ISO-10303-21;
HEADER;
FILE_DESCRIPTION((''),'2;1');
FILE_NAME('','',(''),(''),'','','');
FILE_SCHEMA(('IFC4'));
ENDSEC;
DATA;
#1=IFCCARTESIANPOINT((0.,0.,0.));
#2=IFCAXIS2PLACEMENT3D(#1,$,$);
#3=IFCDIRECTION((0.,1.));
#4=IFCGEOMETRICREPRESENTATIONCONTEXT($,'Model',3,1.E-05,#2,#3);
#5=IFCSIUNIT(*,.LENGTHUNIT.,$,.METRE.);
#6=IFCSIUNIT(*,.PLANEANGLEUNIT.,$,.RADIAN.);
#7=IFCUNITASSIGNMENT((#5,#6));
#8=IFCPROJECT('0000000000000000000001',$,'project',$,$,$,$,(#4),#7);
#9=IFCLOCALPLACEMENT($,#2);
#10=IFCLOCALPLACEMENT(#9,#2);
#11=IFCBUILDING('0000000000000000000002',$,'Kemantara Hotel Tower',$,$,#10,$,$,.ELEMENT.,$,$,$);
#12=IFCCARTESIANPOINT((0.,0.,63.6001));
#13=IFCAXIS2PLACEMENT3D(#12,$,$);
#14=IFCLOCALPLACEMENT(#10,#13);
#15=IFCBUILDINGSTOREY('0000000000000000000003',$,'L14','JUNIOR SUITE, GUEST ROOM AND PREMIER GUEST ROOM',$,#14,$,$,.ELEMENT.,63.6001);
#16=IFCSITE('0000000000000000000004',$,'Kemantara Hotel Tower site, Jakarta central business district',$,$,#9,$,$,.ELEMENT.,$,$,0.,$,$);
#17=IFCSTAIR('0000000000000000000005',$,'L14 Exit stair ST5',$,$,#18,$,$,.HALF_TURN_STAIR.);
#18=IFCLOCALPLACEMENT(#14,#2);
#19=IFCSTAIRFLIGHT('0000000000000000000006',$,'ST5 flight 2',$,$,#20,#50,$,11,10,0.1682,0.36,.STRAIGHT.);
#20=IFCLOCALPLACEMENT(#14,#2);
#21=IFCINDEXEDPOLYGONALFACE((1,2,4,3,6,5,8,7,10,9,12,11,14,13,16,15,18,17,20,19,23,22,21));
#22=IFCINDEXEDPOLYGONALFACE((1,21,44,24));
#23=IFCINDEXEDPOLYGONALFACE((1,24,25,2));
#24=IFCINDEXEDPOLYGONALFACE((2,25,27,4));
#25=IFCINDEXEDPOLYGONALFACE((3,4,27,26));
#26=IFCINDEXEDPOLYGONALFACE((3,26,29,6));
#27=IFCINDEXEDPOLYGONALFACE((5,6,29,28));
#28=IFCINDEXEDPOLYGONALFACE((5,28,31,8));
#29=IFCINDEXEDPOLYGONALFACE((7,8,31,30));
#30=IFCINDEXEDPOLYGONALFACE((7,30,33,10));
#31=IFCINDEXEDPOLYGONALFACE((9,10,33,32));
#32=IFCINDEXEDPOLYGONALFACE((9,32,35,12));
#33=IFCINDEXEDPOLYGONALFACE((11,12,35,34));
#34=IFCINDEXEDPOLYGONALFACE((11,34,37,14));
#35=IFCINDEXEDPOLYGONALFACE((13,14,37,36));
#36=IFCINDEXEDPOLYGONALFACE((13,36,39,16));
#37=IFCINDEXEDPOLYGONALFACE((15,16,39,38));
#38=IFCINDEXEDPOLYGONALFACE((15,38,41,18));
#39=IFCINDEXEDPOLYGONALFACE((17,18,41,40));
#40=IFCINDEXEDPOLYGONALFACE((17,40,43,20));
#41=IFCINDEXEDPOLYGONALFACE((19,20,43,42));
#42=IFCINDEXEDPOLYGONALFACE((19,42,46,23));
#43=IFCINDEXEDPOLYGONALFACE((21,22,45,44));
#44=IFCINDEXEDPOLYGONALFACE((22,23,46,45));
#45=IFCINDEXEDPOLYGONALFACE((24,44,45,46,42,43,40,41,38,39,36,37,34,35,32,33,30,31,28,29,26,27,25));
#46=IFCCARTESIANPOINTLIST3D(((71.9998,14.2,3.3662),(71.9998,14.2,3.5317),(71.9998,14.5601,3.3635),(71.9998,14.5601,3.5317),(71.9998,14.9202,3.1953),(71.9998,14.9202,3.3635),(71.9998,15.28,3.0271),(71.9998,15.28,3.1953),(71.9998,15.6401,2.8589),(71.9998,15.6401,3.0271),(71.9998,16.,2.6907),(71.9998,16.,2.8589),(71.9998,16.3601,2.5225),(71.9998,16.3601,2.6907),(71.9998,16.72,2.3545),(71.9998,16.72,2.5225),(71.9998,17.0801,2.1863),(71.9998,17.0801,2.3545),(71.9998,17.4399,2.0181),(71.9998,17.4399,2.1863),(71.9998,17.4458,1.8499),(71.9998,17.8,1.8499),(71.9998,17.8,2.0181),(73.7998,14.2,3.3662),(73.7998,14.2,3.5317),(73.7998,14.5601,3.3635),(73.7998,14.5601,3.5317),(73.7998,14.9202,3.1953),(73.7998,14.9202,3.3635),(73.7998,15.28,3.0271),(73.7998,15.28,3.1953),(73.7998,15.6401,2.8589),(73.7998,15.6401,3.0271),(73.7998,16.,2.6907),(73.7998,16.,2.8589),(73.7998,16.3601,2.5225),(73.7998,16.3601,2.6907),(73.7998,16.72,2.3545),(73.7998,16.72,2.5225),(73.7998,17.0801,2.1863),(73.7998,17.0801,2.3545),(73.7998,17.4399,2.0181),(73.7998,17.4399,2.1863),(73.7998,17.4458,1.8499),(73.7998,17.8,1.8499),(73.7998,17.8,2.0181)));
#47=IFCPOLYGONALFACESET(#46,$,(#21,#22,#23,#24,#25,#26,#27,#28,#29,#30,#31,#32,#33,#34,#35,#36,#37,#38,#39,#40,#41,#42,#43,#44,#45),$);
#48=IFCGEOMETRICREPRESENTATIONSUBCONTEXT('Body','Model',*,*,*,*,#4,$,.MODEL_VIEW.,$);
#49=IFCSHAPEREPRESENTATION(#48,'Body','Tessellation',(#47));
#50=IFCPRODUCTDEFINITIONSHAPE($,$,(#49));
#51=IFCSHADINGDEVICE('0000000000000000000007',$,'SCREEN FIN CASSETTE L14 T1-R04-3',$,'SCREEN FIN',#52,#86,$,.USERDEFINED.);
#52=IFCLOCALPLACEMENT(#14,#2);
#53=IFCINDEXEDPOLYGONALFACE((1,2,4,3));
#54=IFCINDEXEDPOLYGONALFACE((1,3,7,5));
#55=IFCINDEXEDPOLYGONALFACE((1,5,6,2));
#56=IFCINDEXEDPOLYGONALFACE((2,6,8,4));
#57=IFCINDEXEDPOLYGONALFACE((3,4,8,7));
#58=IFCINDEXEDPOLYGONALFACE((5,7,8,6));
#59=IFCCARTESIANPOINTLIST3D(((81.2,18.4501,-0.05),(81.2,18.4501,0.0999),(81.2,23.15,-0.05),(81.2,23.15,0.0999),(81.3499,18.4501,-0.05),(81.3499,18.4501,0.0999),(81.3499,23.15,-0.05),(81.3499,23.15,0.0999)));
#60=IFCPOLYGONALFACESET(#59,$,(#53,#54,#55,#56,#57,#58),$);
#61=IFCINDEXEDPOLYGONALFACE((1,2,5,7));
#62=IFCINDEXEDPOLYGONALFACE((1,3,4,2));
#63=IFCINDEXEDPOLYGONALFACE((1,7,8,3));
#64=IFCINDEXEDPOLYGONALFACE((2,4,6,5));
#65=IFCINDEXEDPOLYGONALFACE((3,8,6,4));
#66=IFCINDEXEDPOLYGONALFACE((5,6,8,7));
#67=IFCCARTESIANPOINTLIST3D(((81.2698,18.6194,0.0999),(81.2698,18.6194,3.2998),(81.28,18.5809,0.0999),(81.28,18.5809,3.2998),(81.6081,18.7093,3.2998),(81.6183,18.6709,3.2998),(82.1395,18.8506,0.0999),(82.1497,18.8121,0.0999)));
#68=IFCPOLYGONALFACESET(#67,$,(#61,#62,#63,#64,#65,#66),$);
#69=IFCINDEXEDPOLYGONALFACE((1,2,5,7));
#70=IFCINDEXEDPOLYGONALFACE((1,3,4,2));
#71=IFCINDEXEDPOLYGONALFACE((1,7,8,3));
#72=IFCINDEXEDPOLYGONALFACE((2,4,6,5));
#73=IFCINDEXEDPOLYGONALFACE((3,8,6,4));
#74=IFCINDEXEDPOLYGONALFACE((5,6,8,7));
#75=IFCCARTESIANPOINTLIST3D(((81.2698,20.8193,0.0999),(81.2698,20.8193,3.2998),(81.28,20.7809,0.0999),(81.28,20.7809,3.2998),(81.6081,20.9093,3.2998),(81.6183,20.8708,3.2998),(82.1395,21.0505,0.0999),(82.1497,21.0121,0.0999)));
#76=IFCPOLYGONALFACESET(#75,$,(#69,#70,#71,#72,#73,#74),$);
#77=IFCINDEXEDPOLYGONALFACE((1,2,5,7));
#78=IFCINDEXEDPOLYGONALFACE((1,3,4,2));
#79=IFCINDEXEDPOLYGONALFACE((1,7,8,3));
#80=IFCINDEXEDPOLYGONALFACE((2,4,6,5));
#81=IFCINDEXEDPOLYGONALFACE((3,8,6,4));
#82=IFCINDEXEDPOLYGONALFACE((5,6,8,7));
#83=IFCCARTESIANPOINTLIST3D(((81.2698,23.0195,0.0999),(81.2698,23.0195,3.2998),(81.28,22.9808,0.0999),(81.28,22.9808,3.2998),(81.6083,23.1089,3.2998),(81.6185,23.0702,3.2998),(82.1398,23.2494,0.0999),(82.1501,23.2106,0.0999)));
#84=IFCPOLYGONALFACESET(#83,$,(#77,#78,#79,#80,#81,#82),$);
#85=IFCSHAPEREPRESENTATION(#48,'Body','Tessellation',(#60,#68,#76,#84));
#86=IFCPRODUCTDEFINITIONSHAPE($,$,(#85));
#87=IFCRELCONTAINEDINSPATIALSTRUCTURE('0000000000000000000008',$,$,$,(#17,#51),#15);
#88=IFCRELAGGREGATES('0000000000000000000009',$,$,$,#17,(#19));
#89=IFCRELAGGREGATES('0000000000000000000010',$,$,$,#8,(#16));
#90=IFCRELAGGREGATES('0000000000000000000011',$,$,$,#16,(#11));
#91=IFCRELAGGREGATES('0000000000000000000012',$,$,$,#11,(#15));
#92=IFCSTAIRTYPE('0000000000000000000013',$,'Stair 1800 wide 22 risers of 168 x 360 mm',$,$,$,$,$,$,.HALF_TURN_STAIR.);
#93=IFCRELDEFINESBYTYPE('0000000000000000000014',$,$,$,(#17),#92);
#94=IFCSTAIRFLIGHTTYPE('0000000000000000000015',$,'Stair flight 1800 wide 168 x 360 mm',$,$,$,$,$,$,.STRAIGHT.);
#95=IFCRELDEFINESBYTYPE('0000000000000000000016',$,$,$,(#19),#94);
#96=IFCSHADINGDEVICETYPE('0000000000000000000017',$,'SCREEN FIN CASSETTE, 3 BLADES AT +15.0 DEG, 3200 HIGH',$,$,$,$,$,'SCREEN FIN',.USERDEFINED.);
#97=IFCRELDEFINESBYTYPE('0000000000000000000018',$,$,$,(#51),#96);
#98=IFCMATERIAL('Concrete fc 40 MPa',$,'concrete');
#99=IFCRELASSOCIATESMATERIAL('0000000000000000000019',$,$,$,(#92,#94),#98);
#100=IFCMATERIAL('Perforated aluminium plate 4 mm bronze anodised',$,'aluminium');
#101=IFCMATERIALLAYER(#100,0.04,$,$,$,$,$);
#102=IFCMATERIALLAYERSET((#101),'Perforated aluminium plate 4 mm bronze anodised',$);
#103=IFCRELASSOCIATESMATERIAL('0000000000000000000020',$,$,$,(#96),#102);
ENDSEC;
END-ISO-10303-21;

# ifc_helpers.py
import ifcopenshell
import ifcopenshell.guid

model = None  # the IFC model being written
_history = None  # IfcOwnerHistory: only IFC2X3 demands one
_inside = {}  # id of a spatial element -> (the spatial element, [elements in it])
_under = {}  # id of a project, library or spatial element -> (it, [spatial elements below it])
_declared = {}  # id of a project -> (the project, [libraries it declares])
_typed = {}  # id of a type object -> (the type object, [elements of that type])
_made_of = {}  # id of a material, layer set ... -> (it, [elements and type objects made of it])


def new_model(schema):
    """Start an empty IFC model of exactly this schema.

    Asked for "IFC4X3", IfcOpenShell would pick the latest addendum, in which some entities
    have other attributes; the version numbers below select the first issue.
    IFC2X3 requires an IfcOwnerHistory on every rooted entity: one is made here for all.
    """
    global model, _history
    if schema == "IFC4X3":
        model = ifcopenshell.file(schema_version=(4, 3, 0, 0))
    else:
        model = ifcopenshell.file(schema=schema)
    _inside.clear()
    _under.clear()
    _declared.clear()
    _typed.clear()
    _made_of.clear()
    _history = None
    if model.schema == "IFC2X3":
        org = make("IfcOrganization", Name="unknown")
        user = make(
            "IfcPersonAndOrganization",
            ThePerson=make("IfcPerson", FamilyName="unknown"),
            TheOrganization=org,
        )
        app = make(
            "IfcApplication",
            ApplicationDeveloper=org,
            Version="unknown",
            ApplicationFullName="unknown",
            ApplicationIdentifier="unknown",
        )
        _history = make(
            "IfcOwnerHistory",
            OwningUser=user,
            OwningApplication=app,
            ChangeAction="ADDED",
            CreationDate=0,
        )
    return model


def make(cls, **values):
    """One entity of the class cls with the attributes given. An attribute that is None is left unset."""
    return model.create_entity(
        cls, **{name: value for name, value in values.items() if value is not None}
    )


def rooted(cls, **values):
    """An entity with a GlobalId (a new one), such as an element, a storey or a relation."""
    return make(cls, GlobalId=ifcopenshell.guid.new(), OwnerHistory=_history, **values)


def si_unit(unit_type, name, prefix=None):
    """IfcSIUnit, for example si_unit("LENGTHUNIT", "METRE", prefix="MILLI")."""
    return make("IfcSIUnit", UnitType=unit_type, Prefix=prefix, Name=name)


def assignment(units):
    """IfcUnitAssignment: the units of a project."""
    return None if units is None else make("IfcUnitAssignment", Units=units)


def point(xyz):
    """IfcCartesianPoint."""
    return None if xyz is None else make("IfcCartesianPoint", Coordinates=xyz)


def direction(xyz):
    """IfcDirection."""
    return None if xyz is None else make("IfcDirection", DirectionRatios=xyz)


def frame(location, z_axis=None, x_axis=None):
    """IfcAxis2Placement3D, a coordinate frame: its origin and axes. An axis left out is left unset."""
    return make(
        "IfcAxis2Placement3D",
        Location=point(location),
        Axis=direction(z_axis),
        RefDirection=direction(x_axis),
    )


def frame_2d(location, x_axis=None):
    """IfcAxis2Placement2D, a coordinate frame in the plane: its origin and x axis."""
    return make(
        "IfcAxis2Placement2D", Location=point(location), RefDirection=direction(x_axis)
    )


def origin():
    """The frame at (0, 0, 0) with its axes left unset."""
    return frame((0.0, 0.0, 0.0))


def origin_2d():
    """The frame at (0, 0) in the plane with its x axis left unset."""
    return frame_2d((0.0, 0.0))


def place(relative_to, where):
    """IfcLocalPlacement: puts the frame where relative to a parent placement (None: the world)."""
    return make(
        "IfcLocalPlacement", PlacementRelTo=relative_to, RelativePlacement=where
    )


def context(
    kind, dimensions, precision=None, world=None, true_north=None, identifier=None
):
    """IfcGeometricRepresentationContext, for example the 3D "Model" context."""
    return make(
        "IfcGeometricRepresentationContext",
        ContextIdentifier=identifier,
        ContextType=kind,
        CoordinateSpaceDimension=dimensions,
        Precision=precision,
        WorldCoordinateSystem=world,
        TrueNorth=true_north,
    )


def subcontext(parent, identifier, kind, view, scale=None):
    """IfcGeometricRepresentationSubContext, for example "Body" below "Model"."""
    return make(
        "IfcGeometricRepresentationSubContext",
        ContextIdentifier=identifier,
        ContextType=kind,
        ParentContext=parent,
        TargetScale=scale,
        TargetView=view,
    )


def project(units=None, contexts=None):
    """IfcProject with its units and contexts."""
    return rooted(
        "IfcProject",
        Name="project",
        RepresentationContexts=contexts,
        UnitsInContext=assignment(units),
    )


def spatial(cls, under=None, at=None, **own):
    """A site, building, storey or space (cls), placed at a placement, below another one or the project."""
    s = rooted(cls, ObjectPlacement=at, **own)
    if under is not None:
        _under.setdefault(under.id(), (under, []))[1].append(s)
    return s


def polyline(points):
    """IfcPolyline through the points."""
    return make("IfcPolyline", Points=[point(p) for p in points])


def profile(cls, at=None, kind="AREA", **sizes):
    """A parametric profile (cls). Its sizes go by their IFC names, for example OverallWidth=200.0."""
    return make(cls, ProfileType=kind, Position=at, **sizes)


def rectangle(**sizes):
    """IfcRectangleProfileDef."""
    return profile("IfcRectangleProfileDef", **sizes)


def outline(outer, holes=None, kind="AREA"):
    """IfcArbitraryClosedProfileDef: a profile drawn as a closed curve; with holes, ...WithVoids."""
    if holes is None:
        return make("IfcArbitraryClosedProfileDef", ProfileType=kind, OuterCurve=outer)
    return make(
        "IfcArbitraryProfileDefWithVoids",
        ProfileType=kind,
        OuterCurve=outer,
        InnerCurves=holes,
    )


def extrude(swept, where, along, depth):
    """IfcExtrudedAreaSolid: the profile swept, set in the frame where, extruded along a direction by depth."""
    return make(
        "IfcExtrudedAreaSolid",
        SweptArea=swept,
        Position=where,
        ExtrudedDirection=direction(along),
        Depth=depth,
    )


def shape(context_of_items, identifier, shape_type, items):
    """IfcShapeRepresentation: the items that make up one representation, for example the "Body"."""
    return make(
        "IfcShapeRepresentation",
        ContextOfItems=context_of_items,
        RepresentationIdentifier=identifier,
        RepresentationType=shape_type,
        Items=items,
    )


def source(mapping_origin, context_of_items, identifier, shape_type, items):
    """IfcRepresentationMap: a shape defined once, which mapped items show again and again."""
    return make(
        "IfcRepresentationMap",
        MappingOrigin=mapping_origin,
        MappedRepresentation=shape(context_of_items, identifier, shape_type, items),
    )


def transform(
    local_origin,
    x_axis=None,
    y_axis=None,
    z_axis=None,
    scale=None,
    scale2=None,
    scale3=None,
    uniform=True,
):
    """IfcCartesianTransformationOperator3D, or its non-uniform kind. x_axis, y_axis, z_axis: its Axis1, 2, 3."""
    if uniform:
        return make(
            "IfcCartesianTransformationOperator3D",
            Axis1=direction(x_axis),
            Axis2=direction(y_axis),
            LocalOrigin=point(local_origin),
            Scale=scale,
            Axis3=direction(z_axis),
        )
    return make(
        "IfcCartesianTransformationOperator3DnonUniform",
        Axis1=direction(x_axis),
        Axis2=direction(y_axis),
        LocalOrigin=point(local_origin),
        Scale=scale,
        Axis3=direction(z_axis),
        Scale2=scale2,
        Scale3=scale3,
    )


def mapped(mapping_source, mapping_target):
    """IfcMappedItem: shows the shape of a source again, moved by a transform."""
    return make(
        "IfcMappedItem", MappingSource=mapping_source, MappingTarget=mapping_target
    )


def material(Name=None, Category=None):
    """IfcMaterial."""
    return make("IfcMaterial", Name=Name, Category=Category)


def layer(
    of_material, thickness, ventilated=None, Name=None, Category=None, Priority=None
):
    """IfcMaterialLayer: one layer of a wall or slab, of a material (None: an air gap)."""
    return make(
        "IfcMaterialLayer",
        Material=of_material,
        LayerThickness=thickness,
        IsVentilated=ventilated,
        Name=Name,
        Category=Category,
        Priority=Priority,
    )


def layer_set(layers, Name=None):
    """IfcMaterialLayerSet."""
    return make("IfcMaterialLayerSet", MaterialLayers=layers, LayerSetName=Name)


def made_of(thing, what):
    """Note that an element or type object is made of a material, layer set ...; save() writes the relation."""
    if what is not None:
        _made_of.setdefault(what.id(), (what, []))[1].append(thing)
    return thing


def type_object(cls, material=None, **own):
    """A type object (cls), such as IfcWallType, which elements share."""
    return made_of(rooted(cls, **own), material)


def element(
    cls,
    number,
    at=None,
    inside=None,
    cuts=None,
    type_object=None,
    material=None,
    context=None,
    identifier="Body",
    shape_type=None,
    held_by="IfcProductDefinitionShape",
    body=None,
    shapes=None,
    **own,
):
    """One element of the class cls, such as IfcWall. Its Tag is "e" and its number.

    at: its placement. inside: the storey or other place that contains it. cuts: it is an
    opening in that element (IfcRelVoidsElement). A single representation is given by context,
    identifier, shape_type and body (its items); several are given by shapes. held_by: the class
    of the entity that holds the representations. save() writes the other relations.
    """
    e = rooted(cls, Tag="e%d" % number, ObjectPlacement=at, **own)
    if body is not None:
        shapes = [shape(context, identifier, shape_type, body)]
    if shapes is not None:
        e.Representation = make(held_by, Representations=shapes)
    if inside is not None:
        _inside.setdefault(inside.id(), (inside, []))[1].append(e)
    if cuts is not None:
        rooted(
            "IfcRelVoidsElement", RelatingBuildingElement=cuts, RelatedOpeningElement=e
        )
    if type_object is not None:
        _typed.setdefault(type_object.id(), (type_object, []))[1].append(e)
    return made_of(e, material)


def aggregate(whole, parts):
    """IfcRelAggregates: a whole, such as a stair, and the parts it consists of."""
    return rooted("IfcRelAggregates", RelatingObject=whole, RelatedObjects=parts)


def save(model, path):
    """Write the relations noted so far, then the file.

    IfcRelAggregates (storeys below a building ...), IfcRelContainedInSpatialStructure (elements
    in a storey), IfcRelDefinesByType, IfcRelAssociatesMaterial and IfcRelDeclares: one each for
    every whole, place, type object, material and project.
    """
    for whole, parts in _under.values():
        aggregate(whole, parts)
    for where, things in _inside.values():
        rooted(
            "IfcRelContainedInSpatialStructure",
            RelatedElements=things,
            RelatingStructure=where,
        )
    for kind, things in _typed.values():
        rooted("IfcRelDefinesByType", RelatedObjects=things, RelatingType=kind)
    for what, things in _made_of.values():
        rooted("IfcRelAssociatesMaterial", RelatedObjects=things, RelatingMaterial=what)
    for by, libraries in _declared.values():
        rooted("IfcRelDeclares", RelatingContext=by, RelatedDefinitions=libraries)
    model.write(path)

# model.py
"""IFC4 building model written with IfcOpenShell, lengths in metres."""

from ifc_helpers import new_model, si_unit, direction, frame, origin, origin_2d, place, context, subcontext, project, spatial, polyline, rectangle, outline, extrude, source, transform, mapped, material, layer, layer_set, type_object, element, aggregate, save


model = new_model("IFC4")

# Units and contexts
model_context = context("Model", 3, precision=1e-05, world=origin(), true_north=direction((0.0, 1.0)))
body_context = subcontext(model_context, "Body", "Model", "MODEL_VIEW")
ifc_project = project(units=[si_unit("LENGTHUNIT", "METRE"), si_unit("PLANEANGLEUNIT", "RADIAN")], contexts=[model_context])

# Site, building, storey
site_placement = place(None, origin())
site = spatial("IfcSite", under=ifc_project, at=site_placement, Name="Kemantara Hotel Tower site, Jakarta central business district", CompositionType="ELEMENT", RefElevation=0.0)
building_placement = place(site_placement, origin())
building = spatial("IfcBuilding", under=site, at=building_placement, Name="Kemantara Hotel Tower", CompositionType="ELEMENT")
storey_placement = place(building_placement, frame((0.0, 0.0, 63.6001)))
storey = spatial("IfcBuildingStorey", under=building, at=storey_placement, Name="L14", Description="JUNIOR SUITE, GUEST ROOM AND PREMIER GUEST ROOM", CompositionType="ELEMENT", Elevation=63.6001)

# Shared definitions
ifc_material_1 = material(Name="Concrete fc 40 MPa", Category="concrete")

# Stair, stair flight
stair_type = type_object("IfcStairType", Name="Stair 1800 wide 22 risers of 168 x 360 mm", PredefinedType="HALF_TURN_STAIR", material=ifc_material_1)
stair_flight_type = type_object("IfcStairFlightType", Name="Stair flight 1800 wide 168 x 360 mm", PredefinedType="STRAIGHT", material=ifc_material_1)
stair_1_placement = place(storey_placement, origin())
stair_1 = element("IfcStair", 1, at=stair_1_placement, inside=storey, type_object=stair_type, Name="L14 Exit stair ST5", PredefinedType="HALF_TURN_STAIR")
stair_flight_1_placement = place(storey_placement, frame((72.8999, 17.8, 1.8499), z_axis=(0.0, 0.0, 1.0), x_axis=(0.0, -1.0, 0.0)))
stair_flight_1 = element("IfcStairFlight", 2, at=stair_flight_1_placement, type_object=stair_flight_type, Name="ST5 flight 2", NumberOfRisers=11, NumberOfTreads=10, PredefinedType="STRAIGHT", RiserHeight=0.1682, TreadLength=0.36, context=body_context, shape_type="SweptSolid", body=[
    extrude(outline(polyline([(0.0, 0.0), (0.0, 0.1682), (0.3601, 0.1682), (0.3601, 0.3364), (0.72, 0.3364), (0.72, 0.5046), (1.0801, 0.5046), (1.0801, 0.6726), (1.4399, 0.6726), (1.4399, 0.8408), (1.8, 0.8408), (1.8, 1.009), (2.1599, 1.009), (2.1599, 1.1772), (2.52, 1.1772), (2.52, 1.3455), (2.8799, 1.3455), (2.8799, 1.5137), (3.24, 1.5137), (3.24, 1.6819), (3.6001, 1.6819), (3.6001, 1.8501), (3.6001, 1.5164), (0.3542, 0.0), (0.0, 0.0)])), frame((0.0, 0.8999, 0.0), z_axis=(0.0, -1.0, 0.0), x_axis=(1.0, 0.0, 0.0)), (0.0, 0.0, 1.0), 1.8),
])
aggregate(stair_1, [stair_flight_1])

# Shading device
ifc_material_2 = material(Name="Perforated aluminium plate 4 mm bronze anodised", Category="aluminium")
ifc_layer_1 = layer(ifc_material_2, 0.04)
ifc_layer_set_1 = layer_set([ifc_layer_1], Name="Perforated aluminium plate 4 mm bronze anodised")
shading_device_type = type_object("IfcShadingDeviceType", Name="SCREEN FIN CASSETTE, 3 BLADES AT +15.0 DEG, 3200 HIGH", ElementType="SCREEN FIN", PredefinedType="USERDEFINED", material=ifc_layer_set_1)
shared_shape_1 = source(origin(), body_context, "Body", "SweptSolid", [
    extrude(rectangle(XDim=4.7, YDim=0.1499, at=origin_2d()), frame((2.2, -0.075, -0.1499), z_axis=(0.0, 0.0, 1.0), x_axis=(1.0, 0.0, 0.0)), (0.0, 0.0, 1.0), 0.1499),
    extrude(outline(polyline([(0.0, 0.0), (0.8999, 0.0), (0.3501, 3.2), (0.0, 3.2), (0.0, 0.0)])), frame((0.0193, -0.0698, 0.0), z_axis=(-0.966438, -0.256901, 0.0), x_axis=(0.256901, -0.966438, 0.0)), (0.0, 0.0, 1.0), 0.0398),
    extrude(outline(polyline([(0.0, 0.0), (0.8999, 0.0), (0.3501, 3.2), (0.0, 3.2), (0.0, 0.0)])), frame((2.2192, -0.0698, 0.0), z_axis=(-0.966438, -0.256901, 0.0), x_axis=(0.256901, -0.966438, 0.0)), (0.0, 0.0, 1.0), 0.0398),
    extrude(outline(polyline([(0.0, 0.0), (0.8999, 0.0), (0.3501, 3.2), (0.0, 3.2), (0.0, 0.0)])), frame((4.4194, -0.0698, 0.0), z_axis=(-0.966838, -0.255391, 0.0), x_axis=(0.255391, -0.966838, 0.0)), (0.0, 0.0, 1.0), 0.04),
])
shading_device_placement = place(storey_placement, frame((81.2, 18.6001, 0.0999), z_axis=(0.0, 0.0, 1.0), x_axis=(0.0, 1.0, 0.0)))
element("IfcShadingDevice", 3, at=shading_device_placement, inside=storey, type_object=shading_device_type, Name="SCREEN FIN CASSETTE L14 T1-R04-3", ObjectType="SCREEN FIN", PredefinedType="USERDEFINED", context=body_context, shape_type="MappedRepresentation", body=[
    mapped(shared_shape_1, transform((0.0, 0.0, 0.0))),
])

save(model, "model.ifc")
